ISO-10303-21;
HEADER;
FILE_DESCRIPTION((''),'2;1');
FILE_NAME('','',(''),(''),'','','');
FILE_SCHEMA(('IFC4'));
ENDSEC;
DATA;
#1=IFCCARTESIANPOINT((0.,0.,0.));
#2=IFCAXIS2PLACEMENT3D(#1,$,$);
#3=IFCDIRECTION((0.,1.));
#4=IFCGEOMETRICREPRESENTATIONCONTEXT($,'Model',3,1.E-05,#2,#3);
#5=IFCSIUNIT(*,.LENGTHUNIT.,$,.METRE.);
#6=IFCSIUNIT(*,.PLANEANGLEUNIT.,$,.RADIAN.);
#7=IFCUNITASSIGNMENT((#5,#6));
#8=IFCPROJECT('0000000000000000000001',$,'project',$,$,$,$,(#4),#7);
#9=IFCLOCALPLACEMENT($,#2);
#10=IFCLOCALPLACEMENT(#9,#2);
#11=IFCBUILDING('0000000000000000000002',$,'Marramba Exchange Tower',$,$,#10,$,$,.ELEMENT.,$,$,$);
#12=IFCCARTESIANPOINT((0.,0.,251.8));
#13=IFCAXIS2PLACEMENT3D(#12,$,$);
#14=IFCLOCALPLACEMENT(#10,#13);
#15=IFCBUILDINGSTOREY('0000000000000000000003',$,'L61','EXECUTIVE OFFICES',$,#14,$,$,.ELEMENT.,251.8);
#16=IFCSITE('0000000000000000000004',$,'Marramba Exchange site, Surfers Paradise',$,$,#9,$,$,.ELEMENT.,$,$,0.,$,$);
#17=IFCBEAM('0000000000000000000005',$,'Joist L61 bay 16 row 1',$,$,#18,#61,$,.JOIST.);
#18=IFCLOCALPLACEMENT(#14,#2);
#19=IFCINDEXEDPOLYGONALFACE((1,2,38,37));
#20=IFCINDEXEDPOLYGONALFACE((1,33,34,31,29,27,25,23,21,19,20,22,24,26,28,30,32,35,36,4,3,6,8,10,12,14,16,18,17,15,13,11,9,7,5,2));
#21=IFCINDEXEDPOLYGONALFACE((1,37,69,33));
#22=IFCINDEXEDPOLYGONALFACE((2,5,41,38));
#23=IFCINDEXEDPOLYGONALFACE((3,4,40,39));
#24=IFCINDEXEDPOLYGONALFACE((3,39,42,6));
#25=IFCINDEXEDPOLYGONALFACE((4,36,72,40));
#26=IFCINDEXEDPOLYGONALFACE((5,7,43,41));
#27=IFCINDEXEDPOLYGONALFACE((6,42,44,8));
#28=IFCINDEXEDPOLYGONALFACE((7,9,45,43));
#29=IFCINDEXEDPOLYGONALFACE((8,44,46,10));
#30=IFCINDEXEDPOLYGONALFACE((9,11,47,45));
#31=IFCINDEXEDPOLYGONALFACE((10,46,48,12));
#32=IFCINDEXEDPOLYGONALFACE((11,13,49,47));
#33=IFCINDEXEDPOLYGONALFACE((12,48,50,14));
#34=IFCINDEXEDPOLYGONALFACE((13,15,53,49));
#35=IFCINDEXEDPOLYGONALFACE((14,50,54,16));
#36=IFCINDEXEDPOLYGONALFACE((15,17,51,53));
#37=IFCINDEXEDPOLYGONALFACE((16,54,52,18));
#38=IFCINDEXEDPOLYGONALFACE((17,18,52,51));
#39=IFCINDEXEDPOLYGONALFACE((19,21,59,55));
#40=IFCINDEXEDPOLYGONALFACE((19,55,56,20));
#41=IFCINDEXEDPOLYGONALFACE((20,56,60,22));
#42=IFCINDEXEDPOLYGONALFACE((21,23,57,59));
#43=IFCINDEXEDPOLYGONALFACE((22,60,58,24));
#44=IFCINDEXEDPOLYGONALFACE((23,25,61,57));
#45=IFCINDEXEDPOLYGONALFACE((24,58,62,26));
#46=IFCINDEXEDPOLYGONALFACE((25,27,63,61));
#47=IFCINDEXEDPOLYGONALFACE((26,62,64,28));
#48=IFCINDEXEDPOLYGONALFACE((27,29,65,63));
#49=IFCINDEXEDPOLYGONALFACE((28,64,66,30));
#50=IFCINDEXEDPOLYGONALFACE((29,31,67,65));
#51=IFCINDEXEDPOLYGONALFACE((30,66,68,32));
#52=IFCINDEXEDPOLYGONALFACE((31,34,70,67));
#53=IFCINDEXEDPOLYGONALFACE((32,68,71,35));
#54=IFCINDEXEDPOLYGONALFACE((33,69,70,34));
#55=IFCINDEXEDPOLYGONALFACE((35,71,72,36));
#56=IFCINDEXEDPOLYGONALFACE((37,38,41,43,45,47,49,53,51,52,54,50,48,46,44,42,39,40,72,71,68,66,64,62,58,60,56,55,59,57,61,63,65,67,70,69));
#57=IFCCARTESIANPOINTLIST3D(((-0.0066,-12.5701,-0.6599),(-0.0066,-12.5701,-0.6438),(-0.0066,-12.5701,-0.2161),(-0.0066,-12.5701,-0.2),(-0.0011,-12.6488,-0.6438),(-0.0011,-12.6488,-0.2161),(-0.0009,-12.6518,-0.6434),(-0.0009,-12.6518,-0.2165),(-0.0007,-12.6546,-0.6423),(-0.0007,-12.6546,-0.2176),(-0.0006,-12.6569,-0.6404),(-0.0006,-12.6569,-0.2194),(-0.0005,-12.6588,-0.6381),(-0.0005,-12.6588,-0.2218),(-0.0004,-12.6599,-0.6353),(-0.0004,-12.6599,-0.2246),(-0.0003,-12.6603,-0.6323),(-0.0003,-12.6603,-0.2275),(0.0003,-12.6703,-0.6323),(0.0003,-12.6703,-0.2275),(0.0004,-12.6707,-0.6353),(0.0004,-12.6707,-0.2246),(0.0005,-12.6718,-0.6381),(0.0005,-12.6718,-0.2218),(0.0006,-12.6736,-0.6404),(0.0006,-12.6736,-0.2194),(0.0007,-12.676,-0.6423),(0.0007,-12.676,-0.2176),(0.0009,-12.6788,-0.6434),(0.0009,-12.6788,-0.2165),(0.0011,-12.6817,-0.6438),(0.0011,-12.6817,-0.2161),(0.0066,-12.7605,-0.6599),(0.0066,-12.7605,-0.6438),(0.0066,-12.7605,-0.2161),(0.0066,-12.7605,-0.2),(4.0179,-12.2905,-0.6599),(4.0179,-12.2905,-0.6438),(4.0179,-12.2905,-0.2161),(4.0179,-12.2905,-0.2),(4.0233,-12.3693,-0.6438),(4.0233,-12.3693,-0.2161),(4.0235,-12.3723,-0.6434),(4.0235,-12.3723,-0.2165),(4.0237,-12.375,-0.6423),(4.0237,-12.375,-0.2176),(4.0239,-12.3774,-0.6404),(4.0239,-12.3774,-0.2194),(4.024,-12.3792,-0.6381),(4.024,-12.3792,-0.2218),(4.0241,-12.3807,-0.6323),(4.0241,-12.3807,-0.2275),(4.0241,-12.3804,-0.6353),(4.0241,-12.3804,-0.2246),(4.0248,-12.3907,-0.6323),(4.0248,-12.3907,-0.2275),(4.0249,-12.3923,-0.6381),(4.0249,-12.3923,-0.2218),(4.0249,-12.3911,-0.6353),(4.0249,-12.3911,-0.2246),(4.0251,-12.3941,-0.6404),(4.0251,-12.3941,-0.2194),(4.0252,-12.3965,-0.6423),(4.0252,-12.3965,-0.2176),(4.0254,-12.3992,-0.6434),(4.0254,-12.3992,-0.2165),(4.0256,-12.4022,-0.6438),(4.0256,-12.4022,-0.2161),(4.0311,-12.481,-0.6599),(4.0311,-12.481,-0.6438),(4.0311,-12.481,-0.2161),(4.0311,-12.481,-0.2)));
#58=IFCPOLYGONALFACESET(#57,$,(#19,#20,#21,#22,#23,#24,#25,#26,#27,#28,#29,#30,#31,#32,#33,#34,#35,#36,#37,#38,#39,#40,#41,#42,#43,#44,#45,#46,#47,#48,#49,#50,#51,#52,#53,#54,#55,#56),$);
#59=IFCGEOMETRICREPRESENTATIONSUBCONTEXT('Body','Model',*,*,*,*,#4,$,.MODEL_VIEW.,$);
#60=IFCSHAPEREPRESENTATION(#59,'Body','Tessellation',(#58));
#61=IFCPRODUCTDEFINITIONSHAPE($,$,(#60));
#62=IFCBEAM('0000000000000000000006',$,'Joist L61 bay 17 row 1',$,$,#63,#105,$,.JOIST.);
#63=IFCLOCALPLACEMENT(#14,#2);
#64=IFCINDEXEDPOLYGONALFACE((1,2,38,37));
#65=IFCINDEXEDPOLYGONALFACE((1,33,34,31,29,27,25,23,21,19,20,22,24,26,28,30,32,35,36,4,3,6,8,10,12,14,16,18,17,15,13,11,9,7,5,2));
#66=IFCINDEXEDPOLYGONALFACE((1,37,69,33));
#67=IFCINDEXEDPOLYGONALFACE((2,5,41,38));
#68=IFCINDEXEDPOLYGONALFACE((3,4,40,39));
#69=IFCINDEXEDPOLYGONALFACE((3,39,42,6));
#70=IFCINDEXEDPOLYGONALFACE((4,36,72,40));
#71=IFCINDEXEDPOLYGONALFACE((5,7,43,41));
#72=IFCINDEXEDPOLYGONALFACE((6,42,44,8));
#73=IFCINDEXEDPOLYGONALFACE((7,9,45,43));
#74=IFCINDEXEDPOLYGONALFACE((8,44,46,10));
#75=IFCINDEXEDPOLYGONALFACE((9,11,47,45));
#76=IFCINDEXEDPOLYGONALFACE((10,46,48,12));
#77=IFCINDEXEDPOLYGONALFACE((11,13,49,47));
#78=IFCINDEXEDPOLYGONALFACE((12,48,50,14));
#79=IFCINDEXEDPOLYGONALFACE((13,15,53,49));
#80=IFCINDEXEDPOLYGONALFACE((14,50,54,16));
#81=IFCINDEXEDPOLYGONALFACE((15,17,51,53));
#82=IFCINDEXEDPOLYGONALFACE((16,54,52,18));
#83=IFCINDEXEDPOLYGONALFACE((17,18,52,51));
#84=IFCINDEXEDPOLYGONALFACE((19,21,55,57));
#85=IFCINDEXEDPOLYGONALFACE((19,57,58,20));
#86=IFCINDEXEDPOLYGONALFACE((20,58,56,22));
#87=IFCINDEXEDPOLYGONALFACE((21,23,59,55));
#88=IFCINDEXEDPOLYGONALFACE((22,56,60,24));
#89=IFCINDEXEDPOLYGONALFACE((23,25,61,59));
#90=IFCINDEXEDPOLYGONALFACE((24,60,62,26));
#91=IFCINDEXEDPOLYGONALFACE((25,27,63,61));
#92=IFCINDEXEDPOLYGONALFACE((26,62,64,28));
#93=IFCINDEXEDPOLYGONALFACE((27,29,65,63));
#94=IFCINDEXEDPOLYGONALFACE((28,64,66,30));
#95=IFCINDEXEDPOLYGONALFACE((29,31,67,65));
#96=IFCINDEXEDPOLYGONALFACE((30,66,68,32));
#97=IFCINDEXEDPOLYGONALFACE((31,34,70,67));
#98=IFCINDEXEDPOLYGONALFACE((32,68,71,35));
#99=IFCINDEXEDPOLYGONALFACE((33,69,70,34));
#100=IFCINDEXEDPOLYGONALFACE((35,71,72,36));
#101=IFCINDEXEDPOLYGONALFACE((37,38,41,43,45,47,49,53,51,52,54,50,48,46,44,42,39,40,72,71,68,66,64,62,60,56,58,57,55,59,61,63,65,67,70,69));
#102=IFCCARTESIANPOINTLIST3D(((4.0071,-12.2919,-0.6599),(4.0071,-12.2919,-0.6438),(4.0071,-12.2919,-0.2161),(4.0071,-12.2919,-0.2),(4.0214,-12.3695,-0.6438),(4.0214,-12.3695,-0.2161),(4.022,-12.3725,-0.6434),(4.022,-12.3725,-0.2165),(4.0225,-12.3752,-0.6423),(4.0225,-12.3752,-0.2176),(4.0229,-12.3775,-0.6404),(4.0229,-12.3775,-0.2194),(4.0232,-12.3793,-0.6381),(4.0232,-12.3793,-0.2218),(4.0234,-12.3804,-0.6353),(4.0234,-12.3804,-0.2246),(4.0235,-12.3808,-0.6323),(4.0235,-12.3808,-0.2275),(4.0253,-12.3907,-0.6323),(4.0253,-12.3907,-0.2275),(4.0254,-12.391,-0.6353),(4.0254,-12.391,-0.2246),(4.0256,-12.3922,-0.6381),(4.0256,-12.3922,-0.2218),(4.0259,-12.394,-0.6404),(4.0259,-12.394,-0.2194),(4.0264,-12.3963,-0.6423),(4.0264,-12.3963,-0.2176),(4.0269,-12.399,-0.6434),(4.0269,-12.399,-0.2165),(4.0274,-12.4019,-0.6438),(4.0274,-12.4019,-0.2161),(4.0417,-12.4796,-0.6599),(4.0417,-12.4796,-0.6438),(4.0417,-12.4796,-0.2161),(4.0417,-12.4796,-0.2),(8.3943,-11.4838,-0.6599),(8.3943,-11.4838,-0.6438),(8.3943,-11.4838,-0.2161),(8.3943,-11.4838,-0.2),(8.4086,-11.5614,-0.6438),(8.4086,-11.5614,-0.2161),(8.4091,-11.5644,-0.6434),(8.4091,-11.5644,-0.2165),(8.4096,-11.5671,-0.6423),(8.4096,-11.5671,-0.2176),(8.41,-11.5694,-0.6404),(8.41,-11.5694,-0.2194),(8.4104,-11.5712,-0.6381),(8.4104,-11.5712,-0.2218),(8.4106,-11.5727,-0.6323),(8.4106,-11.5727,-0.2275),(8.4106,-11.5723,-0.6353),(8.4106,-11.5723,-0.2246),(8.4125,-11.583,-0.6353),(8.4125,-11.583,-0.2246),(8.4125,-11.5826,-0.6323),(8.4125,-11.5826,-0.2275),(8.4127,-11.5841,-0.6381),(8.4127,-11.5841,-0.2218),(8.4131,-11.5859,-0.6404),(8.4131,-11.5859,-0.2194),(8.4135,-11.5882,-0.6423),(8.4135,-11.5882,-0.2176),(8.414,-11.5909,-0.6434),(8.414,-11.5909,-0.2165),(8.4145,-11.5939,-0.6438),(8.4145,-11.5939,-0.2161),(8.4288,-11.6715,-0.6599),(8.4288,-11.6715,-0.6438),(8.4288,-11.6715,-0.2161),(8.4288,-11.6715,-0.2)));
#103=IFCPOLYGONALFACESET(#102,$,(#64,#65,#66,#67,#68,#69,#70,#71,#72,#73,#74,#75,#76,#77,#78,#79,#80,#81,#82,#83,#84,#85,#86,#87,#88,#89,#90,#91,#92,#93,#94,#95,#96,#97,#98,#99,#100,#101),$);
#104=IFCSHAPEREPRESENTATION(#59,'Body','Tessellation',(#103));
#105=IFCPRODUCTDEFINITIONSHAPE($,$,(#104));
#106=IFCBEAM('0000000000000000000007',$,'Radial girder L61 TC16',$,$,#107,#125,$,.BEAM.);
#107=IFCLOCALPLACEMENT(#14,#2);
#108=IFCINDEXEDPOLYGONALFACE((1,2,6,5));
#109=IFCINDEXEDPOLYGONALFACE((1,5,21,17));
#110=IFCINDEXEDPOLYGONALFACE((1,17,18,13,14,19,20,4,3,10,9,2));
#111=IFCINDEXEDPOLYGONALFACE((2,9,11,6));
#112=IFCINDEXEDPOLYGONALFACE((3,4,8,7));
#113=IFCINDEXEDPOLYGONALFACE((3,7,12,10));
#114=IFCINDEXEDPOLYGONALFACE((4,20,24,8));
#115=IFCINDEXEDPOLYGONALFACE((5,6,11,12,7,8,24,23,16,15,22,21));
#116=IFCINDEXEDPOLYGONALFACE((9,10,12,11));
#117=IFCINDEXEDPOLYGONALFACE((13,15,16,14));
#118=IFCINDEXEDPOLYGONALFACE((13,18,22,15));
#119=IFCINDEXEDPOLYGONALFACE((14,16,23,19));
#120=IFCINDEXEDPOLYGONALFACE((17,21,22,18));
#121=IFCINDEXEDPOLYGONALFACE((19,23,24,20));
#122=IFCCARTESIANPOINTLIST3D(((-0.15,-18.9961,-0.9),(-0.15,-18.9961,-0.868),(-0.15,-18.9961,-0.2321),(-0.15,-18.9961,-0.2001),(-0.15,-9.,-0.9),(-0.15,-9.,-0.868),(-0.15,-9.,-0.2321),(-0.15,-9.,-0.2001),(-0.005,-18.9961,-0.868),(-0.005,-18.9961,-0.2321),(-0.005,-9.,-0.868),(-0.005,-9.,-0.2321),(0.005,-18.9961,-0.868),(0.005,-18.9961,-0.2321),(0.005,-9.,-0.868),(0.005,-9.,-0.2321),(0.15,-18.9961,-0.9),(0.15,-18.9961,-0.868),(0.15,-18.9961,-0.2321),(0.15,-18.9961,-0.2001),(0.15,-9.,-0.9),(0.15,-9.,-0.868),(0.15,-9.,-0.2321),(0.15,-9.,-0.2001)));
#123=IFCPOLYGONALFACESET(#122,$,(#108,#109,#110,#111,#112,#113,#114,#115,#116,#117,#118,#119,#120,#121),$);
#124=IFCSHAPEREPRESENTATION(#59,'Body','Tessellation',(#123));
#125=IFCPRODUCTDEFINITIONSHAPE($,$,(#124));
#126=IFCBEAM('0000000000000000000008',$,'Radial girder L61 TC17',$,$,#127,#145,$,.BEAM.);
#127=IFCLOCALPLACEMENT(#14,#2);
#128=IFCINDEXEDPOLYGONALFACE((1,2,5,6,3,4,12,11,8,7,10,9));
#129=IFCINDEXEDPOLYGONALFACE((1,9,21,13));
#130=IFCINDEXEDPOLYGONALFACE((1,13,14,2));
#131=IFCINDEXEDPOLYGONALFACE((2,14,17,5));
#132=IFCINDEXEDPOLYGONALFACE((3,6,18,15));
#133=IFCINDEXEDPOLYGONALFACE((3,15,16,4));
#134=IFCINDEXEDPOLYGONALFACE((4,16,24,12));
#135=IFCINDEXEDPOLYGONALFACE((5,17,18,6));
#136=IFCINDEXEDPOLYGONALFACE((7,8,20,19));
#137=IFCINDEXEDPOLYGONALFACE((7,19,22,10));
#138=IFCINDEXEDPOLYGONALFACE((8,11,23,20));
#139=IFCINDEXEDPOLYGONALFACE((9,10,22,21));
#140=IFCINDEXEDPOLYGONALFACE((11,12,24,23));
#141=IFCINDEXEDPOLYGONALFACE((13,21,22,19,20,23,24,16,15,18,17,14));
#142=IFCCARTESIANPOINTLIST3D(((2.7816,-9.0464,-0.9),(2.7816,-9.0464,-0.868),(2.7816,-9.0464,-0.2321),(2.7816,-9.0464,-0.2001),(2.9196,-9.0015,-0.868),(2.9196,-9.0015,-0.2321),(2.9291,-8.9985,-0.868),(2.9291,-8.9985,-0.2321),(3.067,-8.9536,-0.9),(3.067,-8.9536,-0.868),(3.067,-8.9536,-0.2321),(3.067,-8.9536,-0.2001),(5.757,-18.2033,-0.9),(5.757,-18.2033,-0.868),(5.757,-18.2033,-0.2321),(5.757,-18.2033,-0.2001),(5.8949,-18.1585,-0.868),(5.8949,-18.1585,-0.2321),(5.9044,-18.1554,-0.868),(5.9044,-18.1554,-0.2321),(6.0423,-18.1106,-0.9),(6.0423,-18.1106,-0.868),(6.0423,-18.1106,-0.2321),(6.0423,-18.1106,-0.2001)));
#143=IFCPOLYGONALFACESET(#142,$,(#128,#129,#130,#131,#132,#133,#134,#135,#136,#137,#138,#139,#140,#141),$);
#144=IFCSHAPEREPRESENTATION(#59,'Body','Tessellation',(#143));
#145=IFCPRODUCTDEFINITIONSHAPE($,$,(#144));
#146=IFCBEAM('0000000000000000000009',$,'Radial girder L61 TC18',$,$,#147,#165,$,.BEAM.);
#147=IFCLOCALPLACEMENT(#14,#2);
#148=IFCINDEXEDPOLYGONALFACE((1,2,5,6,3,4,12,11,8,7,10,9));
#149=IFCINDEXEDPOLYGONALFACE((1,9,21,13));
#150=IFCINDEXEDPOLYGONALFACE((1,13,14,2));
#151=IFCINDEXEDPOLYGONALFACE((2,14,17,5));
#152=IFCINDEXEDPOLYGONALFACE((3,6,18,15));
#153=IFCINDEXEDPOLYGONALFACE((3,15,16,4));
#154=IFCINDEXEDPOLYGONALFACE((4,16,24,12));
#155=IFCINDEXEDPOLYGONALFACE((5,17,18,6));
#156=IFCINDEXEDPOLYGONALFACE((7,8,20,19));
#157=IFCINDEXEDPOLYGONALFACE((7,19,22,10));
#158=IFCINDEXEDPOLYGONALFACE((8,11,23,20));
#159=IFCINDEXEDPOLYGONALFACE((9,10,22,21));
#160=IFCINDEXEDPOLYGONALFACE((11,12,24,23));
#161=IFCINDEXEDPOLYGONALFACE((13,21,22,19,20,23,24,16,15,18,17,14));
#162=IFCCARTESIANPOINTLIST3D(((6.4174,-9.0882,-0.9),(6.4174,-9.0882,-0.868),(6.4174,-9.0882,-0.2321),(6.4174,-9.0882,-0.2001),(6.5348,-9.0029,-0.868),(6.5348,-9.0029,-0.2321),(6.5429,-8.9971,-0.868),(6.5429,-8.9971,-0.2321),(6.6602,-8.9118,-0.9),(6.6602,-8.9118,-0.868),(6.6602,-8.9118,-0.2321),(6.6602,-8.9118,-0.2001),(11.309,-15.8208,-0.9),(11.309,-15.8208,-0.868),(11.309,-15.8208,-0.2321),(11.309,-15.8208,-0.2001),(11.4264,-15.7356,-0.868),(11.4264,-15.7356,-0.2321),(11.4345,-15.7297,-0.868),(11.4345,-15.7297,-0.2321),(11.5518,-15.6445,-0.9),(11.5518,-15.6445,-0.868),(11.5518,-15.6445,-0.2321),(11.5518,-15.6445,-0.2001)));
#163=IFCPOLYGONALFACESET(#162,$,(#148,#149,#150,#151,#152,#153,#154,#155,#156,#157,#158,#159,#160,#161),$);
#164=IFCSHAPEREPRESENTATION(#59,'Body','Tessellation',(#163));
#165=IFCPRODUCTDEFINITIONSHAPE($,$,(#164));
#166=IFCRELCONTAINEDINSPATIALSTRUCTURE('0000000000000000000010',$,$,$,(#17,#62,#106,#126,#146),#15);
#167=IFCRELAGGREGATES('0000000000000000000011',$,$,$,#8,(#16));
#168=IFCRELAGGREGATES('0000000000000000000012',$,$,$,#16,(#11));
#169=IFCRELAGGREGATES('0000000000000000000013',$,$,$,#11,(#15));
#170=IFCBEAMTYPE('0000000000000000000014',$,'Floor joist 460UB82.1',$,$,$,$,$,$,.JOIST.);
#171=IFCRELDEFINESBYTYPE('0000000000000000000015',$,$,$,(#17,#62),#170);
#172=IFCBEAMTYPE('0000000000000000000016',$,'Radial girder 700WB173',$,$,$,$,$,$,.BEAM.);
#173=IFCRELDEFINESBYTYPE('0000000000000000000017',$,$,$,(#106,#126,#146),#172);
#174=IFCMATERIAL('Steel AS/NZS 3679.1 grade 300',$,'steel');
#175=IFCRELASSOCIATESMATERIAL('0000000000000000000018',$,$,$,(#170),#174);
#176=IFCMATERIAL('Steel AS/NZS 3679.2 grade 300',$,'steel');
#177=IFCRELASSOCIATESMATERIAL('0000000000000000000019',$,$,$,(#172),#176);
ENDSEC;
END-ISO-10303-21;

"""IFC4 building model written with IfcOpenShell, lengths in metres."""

from ifc_helpers import new_model, si_unit, direction, frame, origin, origin_2d, place, context, subcontext, project, spatial, i_section, extrude, material, material_profile, profile_set, type_object, element, save


model = new_model("IFC4")

# Units and contexts
model_context = context("Model", 3, precision=1e-05, world=origin(), true_north=direction((0.0, 1.0)))
body_context = subcontext(model_context, "Body", "Model", "MODEL_VIEW")
ifc_project = project(units=[si_unit("LENGTHUNIT", "METRE"), si_unit("PLANEANGLEUNIT", "RADIAN")], contexts=[model_context])

# Site, building, storey
site_placement = place(None, origin())
site = spatial("IfcSite", under=ifc_project, at=site_placement, Name="Marramba Exchange site, Surfers Paradise", CompositionType="ELEMENT", RefElevation=0.0)
building_placement = place(site_placement, origin())
building = spatial("IfcBuilding", under=site, at=building_placement, Name="Marramba Exchange Tower", CompositionType="ELEMENT")
storey_placement = place(building_placement, frame((0.0, 0.0, 251.8)))
storey = spatial("IfcBuildingStorey", under=building, at=storey_placement, Name="L61", Description="EXECUTIVE OFFICES", CompositionType="ELEMENT", Elevation=251.8)

# Beams
ifc_material_1 = material(Name="Steel AS/NZS 3679.1 grade 300", Category="steel")
ifc_material_profile_1 = material_profile(ifc_material_1, i_section(OverallWidth=0.1909, OverallDepth=0.46, WebThickness=0.01, FlangeThickness=0.0161, FilletRadius=0.0115, at=origin_2d()), Name="460UB82.1")
ifc_profile_set_1 = profile_set([ifc_material_profile_1], Name="Steel AS/NZS 3679.1 grade 300")
beam_type_1 = type_object("IfcBeamType", Name="Floor joist 460UB82.1", PredefinedType="JOIST", material=ifc_profile_set_1)
beam_1_placement = place(storey_placement, frame((0.0, -12.6653, -0.4299), z_axis=(0.997596, 0.069294, 0.0), x_axis=(-0.069294, 0.997596, 0.0)))
element("IfcBeam", 1, at=beam_1_placement, inside=storey, type_object=beam_type_1, Name="Joist L61 bay 16 row 1", PredefinedType="JOIST", context=body_context, shape_type="SweptSolid", body=[
    extrude(i_section(OverallWidth=0.1909, OverallDepth=0.46, WebThickness=0.01, FlangeThickness=0.0161, FilletRadius=0.0115, at=origin_2d()), origin(), (0.0, 0.0, 1.0), 4.0342),
])
beam_2_placement = place(storey_placement, frame((4.0244, -12.3857, -0.4299), z_axis=(0.983456, 0.181149, 0.0), x_axis=(-0.181149, 0.983456, 0.0)))
element("IfcBeam", 2, at=beam_2_placement, inside=storey, type_object=beam_type_1, Name="Joist L61 bay 17 row 1", PredefinedType="JOIST", context=body_context, shape_type="SweptSolid", body=[
    extrude(i_section(OverallWidth=0.1909, OverallDepth=0.46, WebThickness=0.01, FlangeThickness=0.0161, FilletRadius=0.0115, at=origin_2d()), origin(), (0.0, 0.0, 1.0), 4.4609),
])
ifc_material_2 = material(Name="Steel AS/NZS 3679.2 grade 300", Category="steel")
ifc_material_profile_2 = material_profile(ifc_material_2, i_section(OverallWidth=0.3, OverallDepth=0.7, WebThickness=0.01, FlangeThickness=0.032, at=origin_2d()), Name="700WB173")
ifc_profile_set_2 = profile_set([ifc_material_profile_2], Name="Steel AS/NZS 3679.2 grade 300")
beam_type_2 = type_object("IfcBeamType", Name="Radial girder 700WB173", PredefinedType="BEAM", material=ifc_profile_set_2)
beam_3_placement = place(storey_placement, frame((0.0, -9.0, -0.55), z_axis=(0.0, -1.0, 0.0), x_axis=(1.0, 0.0, 0.0)))
element("IfcBeam", 3, at=beam_3_placement, inside=storey, type_object=beam_type_2, Name="Radial girder L61 TC16", PredefinedType="BEAM", context=body_context, shape_type="SweptSolid", body=[
    extrude(i_section(OverallWidth=0.3, OverallDepth=0.7, WebThickness=0.01, FlangeThickness=0.032, at=origin_2d()), origin(), (0.0, 0.0, 1.0), 9.9961),
])
beam_4_placement = place(storey_placement, frame((2.9243, -9.0, -0.55), z_axis=(0.309022, -0.951055, 0.0), x_axis=(0.951055, 0.309022, 0.0)))
element("IfcBeam", 4, at=beam_4_placement, inside=storey, type_object=beam_type_2, Name="Radial girder L61 TC17", PredefinedType="BEAM", context=body_context, shape_type="SweptSolid", body=[
    extrude(i_section(OverallWidth=0.3, OverallDepth=0.7, WebThickness=0.01, FlangeThickness=0.032, at=origin_2d()), origin(), (0.0, 0.0, 1.0), 9.6282),
])
beam_5_placement = place(storey_placement, frame((6.5388, -9.0, -0.55), z_axis=(0.587788, -0.809015, 0.0), x_axis=(0.809015, 0.587788, 0.0)))
element("IfcBeam", 5, at=beam_5_placement, inside=storey, type_object=beam_type_2, Name="Radial girder L61 TC18", PredefinedType="BEAM", context=body_context, shape_type="SweptSolid", body=[
    extrude(i_section(OverallWidth=0.3, OverallDepth=0.7, WebThickness=0.01, FlangeThickness=0.032, at=origin_2d()), origin(), (0.0, 0.0, 1.0), 8.322),
])

save(model, "model.ifc")
